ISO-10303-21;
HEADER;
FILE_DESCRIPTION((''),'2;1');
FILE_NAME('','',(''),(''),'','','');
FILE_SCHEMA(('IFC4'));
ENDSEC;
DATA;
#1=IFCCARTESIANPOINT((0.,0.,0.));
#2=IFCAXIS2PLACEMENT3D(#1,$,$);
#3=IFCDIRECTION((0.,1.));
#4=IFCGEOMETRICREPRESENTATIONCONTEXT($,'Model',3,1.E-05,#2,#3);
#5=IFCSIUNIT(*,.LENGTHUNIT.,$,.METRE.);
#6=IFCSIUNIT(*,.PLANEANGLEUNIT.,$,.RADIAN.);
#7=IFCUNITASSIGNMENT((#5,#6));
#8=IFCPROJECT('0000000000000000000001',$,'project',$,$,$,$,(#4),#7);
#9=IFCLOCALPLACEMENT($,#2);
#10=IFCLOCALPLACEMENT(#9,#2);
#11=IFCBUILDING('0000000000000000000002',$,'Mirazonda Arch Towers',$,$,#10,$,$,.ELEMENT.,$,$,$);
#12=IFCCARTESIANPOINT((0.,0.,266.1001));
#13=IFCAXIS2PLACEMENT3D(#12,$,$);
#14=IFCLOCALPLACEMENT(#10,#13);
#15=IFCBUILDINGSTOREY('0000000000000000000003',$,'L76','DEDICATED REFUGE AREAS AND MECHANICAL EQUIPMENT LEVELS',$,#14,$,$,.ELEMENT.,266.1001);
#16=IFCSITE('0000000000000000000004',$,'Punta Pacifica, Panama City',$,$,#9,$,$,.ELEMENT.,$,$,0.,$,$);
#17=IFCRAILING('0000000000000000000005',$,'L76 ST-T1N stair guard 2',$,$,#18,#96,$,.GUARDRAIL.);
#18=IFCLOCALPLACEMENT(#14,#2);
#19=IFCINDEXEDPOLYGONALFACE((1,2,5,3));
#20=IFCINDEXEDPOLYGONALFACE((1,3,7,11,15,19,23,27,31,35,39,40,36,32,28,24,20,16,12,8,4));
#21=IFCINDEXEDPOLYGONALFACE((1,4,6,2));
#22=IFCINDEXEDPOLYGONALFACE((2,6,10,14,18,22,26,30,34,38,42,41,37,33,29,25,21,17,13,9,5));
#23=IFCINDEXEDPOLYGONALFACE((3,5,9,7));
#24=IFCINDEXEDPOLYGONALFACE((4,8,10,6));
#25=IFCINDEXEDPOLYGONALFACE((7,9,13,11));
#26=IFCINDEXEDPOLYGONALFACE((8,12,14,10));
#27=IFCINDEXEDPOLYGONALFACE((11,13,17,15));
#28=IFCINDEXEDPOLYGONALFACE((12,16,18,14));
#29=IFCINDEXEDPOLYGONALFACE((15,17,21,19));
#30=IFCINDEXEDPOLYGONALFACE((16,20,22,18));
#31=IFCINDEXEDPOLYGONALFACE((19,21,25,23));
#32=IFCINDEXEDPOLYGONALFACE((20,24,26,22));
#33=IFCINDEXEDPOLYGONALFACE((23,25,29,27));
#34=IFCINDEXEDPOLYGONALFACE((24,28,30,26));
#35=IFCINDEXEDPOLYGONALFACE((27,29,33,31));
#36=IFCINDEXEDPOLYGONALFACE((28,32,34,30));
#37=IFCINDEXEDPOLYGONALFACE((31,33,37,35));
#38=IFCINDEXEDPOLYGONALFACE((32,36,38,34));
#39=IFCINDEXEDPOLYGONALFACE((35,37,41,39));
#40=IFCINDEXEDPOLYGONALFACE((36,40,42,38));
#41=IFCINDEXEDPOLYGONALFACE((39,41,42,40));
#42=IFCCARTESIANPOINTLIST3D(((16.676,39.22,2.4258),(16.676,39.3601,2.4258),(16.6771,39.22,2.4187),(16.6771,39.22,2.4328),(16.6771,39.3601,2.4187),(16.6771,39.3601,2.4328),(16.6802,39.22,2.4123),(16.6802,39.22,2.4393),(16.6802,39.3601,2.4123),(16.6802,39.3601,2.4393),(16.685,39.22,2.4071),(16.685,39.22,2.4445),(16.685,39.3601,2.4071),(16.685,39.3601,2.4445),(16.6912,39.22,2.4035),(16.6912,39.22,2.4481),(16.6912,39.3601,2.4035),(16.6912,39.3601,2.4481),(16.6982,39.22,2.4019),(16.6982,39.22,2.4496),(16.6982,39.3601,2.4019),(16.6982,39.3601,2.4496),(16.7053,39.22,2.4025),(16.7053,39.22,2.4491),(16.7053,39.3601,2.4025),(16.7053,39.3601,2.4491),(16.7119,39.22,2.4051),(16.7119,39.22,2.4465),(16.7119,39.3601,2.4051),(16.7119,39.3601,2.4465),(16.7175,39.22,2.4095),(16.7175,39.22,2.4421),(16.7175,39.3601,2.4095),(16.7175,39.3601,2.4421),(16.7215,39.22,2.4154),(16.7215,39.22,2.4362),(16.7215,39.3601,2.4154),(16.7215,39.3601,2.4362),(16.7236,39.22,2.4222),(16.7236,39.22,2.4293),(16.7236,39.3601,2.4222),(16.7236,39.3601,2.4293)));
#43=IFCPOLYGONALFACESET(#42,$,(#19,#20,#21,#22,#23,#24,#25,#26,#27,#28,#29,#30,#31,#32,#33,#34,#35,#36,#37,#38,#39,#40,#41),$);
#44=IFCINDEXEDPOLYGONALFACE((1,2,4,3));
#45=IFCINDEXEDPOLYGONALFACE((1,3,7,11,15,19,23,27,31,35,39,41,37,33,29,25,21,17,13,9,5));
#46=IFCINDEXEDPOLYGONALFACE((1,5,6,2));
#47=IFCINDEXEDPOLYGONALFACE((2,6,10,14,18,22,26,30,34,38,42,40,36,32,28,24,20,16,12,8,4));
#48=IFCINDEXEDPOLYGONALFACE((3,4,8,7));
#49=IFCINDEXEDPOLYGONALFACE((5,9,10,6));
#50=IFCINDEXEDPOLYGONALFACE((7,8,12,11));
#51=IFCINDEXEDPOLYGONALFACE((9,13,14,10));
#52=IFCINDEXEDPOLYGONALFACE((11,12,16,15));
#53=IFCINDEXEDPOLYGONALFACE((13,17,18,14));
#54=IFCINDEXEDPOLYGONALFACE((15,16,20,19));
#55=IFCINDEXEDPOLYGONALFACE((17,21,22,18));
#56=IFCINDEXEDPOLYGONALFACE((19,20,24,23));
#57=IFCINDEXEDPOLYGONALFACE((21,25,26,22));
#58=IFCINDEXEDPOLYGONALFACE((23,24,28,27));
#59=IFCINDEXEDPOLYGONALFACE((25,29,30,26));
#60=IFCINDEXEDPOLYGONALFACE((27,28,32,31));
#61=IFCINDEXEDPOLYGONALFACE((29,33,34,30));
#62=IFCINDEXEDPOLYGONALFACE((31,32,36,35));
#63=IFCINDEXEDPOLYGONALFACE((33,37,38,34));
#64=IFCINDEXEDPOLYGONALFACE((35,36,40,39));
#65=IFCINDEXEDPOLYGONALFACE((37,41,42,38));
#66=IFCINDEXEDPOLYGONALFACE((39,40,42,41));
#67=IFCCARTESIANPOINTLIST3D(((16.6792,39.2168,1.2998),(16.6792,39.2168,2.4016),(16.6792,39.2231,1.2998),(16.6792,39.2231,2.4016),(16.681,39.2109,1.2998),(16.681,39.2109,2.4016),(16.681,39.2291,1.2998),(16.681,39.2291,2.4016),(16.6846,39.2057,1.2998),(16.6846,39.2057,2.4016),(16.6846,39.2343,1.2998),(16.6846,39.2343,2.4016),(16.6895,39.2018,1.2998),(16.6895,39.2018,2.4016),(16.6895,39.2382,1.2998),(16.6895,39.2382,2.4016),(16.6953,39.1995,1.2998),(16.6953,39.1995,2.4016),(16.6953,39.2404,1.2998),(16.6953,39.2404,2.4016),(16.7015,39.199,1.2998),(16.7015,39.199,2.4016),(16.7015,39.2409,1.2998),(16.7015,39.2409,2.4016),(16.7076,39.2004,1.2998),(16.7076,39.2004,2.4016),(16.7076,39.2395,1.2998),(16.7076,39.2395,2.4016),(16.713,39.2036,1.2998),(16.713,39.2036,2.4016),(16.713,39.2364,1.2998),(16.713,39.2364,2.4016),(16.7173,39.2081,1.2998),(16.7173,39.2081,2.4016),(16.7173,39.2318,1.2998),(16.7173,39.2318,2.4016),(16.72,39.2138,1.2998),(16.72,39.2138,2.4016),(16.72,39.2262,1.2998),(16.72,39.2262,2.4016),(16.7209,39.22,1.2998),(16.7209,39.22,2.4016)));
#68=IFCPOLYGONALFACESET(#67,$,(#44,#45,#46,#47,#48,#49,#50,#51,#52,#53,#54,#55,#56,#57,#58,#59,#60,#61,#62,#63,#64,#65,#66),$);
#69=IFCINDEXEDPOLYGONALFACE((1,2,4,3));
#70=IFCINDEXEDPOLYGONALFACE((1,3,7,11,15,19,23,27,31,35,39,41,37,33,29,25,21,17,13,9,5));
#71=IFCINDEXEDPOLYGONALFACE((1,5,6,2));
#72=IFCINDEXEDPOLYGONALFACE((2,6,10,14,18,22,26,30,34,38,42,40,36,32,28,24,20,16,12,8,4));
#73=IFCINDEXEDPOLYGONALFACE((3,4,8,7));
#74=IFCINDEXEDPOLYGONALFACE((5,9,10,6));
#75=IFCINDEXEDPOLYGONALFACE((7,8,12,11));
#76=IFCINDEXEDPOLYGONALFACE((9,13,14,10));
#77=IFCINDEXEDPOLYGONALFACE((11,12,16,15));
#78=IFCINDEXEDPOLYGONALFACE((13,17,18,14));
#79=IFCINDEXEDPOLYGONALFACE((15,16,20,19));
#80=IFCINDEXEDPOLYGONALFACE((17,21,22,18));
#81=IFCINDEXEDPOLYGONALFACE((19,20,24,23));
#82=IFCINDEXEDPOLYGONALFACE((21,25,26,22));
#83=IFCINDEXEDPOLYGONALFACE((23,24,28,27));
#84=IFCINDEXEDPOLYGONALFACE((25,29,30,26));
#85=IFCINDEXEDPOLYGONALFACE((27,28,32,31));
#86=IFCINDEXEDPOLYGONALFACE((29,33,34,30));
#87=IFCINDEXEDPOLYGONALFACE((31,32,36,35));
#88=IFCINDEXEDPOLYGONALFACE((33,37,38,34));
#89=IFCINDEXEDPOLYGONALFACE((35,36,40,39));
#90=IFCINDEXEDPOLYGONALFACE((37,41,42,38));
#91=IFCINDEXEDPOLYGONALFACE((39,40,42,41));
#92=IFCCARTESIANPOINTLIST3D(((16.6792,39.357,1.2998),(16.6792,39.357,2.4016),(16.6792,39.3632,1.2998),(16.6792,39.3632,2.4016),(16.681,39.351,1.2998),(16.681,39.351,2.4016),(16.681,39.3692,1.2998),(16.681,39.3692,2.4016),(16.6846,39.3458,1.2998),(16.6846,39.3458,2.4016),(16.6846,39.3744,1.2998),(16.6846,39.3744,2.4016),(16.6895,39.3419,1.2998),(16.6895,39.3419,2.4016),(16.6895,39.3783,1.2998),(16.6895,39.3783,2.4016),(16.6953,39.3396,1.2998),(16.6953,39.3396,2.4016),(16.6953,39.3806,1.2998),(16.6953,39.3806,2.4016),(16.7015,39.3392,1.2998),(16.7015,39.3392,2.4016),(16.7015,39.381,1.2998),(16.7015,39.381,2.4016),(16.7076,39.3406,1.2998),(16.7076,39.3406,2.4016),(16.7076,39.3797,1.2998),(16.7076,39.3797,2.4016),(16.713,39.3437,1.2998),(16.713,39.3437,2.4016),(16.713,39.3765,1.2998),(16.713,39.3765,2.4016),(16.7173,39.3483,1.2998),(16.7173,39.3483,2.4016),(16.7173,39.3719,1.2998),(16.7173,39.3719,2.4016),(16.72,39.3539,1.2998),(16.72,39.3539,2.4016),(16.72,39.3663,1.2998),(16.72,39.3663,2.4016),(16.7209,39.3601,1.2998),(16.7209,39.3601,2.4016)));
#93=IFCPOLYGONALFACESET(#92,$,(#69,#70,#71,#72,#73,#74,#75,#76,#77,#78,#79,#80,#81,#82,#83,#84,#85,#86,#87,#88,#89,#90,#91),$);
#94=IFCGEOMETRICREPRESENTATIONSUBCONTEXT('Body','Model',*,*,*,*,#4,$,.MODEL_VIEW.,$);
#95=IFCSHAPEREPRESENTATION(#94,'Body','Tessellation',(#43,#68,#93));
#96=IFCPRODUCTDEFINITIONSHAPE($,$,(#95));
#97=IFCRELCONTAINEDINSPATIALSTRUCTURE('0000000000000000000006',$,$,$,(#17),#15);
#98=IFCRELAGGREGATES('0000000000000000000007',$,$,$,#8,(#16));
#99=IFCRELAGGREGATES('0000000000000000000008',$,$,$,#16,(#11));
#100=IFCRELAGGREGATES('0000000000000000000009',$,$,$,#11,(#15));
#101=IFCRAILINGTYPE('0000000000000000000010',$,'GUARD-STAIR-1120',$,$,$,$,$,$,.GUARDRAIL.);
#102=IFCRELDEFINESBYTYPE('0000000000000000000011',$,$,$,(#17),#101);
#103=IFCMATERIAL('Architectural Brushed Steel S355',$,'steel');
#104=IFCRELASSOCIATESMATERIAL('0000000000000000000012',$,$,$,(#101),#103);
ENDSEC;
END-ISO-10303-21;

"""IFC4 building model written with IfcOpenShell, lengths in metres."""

from ifc_helpers import new_model, si_unit, direction, frame, origin, origin_2d, place, context, subcontext, project, spatial, circle, extrude, material, type_object, element, save


model = new_model("IFC4")

# Units and contexts
model_context = context("Model", 3, precision=1e-05, world=origin(), true_north=direction((0.0, 1.0)))
body_context = subcontext(model_context, "Body", "Model", "MODEL_VIEW")
ifc_project = project(units=[si_unit("LENGTHUNIT", "METRE"), si_unit("PLANEANGLEUNIT", "RADIAN")], contexts=[model_context])

# Site, building, storey
site_placement = place(None, origin())
site = spatial("IfcSite", under=ifc_project, at=site_placement, Name="Punta Pacifica, Panama City", CompositionType="ELEMENT", RefElevation=0.0)
building_placement = place(site_placement, origin())
building = spatial("IfcBuilding", under=site, at=building_placement, Name="Mirazonda Arch Towers", CompositionType="ELEMENT")
storey_placement = place(building_placement, frame((0.0, 0.0, 266.1001)))
storey = spatial("IfcBuildingStorey", under=building, at=storey_placement, Name="L76", Description="DEDICATED REFUGE AREAS AND MECHANICAL EQUIPMENT LEVELS", CompositionType="ELEMENT", Elevation=266.1001)

# Railing
ifc_material_1 = material(Name="Architectural Brushed Steel S355", Category="steel")
railing_type_1 = type_object("IfcRailingType", Name="GUARD-STAIR-1120", PredefinedType="GUARDRAIL", material=ifc_material_1)
railing_1_placement = place(storey_placement, frame((16.7, 39.22, 1.2998)))
element("IfcRailing", 1, at=railing_1_placement, inside=storey, type_object=railing_type_1, Name="L76 ST-T1N stair guard 2", PredefinedType="GUARDRAIL", context=body_context, shape_type="SweptSolid", body=[
    extrude(circle(Radius=0.0239, at=origin_2d()), frame((0.0, 0.0, 1.126), z_axis=(0.0, 1.0, 0.0), x_axis=(-1.0, 0.0, 0.0)), (0.0, 0.0, 1.0), 0.1401),
    extrude(circle(Radius=0.021, at=origin_2d()), origin(), (0.0, 0.0, 1.0), 1.1018),
    extrude(circle(Radius=0.021, at=origin_2d()), frame((0.0, 0.1401, 0.0)), (0.0, 0.0, 1.0), 1.1018),
])

save(model, "model.ifc")
